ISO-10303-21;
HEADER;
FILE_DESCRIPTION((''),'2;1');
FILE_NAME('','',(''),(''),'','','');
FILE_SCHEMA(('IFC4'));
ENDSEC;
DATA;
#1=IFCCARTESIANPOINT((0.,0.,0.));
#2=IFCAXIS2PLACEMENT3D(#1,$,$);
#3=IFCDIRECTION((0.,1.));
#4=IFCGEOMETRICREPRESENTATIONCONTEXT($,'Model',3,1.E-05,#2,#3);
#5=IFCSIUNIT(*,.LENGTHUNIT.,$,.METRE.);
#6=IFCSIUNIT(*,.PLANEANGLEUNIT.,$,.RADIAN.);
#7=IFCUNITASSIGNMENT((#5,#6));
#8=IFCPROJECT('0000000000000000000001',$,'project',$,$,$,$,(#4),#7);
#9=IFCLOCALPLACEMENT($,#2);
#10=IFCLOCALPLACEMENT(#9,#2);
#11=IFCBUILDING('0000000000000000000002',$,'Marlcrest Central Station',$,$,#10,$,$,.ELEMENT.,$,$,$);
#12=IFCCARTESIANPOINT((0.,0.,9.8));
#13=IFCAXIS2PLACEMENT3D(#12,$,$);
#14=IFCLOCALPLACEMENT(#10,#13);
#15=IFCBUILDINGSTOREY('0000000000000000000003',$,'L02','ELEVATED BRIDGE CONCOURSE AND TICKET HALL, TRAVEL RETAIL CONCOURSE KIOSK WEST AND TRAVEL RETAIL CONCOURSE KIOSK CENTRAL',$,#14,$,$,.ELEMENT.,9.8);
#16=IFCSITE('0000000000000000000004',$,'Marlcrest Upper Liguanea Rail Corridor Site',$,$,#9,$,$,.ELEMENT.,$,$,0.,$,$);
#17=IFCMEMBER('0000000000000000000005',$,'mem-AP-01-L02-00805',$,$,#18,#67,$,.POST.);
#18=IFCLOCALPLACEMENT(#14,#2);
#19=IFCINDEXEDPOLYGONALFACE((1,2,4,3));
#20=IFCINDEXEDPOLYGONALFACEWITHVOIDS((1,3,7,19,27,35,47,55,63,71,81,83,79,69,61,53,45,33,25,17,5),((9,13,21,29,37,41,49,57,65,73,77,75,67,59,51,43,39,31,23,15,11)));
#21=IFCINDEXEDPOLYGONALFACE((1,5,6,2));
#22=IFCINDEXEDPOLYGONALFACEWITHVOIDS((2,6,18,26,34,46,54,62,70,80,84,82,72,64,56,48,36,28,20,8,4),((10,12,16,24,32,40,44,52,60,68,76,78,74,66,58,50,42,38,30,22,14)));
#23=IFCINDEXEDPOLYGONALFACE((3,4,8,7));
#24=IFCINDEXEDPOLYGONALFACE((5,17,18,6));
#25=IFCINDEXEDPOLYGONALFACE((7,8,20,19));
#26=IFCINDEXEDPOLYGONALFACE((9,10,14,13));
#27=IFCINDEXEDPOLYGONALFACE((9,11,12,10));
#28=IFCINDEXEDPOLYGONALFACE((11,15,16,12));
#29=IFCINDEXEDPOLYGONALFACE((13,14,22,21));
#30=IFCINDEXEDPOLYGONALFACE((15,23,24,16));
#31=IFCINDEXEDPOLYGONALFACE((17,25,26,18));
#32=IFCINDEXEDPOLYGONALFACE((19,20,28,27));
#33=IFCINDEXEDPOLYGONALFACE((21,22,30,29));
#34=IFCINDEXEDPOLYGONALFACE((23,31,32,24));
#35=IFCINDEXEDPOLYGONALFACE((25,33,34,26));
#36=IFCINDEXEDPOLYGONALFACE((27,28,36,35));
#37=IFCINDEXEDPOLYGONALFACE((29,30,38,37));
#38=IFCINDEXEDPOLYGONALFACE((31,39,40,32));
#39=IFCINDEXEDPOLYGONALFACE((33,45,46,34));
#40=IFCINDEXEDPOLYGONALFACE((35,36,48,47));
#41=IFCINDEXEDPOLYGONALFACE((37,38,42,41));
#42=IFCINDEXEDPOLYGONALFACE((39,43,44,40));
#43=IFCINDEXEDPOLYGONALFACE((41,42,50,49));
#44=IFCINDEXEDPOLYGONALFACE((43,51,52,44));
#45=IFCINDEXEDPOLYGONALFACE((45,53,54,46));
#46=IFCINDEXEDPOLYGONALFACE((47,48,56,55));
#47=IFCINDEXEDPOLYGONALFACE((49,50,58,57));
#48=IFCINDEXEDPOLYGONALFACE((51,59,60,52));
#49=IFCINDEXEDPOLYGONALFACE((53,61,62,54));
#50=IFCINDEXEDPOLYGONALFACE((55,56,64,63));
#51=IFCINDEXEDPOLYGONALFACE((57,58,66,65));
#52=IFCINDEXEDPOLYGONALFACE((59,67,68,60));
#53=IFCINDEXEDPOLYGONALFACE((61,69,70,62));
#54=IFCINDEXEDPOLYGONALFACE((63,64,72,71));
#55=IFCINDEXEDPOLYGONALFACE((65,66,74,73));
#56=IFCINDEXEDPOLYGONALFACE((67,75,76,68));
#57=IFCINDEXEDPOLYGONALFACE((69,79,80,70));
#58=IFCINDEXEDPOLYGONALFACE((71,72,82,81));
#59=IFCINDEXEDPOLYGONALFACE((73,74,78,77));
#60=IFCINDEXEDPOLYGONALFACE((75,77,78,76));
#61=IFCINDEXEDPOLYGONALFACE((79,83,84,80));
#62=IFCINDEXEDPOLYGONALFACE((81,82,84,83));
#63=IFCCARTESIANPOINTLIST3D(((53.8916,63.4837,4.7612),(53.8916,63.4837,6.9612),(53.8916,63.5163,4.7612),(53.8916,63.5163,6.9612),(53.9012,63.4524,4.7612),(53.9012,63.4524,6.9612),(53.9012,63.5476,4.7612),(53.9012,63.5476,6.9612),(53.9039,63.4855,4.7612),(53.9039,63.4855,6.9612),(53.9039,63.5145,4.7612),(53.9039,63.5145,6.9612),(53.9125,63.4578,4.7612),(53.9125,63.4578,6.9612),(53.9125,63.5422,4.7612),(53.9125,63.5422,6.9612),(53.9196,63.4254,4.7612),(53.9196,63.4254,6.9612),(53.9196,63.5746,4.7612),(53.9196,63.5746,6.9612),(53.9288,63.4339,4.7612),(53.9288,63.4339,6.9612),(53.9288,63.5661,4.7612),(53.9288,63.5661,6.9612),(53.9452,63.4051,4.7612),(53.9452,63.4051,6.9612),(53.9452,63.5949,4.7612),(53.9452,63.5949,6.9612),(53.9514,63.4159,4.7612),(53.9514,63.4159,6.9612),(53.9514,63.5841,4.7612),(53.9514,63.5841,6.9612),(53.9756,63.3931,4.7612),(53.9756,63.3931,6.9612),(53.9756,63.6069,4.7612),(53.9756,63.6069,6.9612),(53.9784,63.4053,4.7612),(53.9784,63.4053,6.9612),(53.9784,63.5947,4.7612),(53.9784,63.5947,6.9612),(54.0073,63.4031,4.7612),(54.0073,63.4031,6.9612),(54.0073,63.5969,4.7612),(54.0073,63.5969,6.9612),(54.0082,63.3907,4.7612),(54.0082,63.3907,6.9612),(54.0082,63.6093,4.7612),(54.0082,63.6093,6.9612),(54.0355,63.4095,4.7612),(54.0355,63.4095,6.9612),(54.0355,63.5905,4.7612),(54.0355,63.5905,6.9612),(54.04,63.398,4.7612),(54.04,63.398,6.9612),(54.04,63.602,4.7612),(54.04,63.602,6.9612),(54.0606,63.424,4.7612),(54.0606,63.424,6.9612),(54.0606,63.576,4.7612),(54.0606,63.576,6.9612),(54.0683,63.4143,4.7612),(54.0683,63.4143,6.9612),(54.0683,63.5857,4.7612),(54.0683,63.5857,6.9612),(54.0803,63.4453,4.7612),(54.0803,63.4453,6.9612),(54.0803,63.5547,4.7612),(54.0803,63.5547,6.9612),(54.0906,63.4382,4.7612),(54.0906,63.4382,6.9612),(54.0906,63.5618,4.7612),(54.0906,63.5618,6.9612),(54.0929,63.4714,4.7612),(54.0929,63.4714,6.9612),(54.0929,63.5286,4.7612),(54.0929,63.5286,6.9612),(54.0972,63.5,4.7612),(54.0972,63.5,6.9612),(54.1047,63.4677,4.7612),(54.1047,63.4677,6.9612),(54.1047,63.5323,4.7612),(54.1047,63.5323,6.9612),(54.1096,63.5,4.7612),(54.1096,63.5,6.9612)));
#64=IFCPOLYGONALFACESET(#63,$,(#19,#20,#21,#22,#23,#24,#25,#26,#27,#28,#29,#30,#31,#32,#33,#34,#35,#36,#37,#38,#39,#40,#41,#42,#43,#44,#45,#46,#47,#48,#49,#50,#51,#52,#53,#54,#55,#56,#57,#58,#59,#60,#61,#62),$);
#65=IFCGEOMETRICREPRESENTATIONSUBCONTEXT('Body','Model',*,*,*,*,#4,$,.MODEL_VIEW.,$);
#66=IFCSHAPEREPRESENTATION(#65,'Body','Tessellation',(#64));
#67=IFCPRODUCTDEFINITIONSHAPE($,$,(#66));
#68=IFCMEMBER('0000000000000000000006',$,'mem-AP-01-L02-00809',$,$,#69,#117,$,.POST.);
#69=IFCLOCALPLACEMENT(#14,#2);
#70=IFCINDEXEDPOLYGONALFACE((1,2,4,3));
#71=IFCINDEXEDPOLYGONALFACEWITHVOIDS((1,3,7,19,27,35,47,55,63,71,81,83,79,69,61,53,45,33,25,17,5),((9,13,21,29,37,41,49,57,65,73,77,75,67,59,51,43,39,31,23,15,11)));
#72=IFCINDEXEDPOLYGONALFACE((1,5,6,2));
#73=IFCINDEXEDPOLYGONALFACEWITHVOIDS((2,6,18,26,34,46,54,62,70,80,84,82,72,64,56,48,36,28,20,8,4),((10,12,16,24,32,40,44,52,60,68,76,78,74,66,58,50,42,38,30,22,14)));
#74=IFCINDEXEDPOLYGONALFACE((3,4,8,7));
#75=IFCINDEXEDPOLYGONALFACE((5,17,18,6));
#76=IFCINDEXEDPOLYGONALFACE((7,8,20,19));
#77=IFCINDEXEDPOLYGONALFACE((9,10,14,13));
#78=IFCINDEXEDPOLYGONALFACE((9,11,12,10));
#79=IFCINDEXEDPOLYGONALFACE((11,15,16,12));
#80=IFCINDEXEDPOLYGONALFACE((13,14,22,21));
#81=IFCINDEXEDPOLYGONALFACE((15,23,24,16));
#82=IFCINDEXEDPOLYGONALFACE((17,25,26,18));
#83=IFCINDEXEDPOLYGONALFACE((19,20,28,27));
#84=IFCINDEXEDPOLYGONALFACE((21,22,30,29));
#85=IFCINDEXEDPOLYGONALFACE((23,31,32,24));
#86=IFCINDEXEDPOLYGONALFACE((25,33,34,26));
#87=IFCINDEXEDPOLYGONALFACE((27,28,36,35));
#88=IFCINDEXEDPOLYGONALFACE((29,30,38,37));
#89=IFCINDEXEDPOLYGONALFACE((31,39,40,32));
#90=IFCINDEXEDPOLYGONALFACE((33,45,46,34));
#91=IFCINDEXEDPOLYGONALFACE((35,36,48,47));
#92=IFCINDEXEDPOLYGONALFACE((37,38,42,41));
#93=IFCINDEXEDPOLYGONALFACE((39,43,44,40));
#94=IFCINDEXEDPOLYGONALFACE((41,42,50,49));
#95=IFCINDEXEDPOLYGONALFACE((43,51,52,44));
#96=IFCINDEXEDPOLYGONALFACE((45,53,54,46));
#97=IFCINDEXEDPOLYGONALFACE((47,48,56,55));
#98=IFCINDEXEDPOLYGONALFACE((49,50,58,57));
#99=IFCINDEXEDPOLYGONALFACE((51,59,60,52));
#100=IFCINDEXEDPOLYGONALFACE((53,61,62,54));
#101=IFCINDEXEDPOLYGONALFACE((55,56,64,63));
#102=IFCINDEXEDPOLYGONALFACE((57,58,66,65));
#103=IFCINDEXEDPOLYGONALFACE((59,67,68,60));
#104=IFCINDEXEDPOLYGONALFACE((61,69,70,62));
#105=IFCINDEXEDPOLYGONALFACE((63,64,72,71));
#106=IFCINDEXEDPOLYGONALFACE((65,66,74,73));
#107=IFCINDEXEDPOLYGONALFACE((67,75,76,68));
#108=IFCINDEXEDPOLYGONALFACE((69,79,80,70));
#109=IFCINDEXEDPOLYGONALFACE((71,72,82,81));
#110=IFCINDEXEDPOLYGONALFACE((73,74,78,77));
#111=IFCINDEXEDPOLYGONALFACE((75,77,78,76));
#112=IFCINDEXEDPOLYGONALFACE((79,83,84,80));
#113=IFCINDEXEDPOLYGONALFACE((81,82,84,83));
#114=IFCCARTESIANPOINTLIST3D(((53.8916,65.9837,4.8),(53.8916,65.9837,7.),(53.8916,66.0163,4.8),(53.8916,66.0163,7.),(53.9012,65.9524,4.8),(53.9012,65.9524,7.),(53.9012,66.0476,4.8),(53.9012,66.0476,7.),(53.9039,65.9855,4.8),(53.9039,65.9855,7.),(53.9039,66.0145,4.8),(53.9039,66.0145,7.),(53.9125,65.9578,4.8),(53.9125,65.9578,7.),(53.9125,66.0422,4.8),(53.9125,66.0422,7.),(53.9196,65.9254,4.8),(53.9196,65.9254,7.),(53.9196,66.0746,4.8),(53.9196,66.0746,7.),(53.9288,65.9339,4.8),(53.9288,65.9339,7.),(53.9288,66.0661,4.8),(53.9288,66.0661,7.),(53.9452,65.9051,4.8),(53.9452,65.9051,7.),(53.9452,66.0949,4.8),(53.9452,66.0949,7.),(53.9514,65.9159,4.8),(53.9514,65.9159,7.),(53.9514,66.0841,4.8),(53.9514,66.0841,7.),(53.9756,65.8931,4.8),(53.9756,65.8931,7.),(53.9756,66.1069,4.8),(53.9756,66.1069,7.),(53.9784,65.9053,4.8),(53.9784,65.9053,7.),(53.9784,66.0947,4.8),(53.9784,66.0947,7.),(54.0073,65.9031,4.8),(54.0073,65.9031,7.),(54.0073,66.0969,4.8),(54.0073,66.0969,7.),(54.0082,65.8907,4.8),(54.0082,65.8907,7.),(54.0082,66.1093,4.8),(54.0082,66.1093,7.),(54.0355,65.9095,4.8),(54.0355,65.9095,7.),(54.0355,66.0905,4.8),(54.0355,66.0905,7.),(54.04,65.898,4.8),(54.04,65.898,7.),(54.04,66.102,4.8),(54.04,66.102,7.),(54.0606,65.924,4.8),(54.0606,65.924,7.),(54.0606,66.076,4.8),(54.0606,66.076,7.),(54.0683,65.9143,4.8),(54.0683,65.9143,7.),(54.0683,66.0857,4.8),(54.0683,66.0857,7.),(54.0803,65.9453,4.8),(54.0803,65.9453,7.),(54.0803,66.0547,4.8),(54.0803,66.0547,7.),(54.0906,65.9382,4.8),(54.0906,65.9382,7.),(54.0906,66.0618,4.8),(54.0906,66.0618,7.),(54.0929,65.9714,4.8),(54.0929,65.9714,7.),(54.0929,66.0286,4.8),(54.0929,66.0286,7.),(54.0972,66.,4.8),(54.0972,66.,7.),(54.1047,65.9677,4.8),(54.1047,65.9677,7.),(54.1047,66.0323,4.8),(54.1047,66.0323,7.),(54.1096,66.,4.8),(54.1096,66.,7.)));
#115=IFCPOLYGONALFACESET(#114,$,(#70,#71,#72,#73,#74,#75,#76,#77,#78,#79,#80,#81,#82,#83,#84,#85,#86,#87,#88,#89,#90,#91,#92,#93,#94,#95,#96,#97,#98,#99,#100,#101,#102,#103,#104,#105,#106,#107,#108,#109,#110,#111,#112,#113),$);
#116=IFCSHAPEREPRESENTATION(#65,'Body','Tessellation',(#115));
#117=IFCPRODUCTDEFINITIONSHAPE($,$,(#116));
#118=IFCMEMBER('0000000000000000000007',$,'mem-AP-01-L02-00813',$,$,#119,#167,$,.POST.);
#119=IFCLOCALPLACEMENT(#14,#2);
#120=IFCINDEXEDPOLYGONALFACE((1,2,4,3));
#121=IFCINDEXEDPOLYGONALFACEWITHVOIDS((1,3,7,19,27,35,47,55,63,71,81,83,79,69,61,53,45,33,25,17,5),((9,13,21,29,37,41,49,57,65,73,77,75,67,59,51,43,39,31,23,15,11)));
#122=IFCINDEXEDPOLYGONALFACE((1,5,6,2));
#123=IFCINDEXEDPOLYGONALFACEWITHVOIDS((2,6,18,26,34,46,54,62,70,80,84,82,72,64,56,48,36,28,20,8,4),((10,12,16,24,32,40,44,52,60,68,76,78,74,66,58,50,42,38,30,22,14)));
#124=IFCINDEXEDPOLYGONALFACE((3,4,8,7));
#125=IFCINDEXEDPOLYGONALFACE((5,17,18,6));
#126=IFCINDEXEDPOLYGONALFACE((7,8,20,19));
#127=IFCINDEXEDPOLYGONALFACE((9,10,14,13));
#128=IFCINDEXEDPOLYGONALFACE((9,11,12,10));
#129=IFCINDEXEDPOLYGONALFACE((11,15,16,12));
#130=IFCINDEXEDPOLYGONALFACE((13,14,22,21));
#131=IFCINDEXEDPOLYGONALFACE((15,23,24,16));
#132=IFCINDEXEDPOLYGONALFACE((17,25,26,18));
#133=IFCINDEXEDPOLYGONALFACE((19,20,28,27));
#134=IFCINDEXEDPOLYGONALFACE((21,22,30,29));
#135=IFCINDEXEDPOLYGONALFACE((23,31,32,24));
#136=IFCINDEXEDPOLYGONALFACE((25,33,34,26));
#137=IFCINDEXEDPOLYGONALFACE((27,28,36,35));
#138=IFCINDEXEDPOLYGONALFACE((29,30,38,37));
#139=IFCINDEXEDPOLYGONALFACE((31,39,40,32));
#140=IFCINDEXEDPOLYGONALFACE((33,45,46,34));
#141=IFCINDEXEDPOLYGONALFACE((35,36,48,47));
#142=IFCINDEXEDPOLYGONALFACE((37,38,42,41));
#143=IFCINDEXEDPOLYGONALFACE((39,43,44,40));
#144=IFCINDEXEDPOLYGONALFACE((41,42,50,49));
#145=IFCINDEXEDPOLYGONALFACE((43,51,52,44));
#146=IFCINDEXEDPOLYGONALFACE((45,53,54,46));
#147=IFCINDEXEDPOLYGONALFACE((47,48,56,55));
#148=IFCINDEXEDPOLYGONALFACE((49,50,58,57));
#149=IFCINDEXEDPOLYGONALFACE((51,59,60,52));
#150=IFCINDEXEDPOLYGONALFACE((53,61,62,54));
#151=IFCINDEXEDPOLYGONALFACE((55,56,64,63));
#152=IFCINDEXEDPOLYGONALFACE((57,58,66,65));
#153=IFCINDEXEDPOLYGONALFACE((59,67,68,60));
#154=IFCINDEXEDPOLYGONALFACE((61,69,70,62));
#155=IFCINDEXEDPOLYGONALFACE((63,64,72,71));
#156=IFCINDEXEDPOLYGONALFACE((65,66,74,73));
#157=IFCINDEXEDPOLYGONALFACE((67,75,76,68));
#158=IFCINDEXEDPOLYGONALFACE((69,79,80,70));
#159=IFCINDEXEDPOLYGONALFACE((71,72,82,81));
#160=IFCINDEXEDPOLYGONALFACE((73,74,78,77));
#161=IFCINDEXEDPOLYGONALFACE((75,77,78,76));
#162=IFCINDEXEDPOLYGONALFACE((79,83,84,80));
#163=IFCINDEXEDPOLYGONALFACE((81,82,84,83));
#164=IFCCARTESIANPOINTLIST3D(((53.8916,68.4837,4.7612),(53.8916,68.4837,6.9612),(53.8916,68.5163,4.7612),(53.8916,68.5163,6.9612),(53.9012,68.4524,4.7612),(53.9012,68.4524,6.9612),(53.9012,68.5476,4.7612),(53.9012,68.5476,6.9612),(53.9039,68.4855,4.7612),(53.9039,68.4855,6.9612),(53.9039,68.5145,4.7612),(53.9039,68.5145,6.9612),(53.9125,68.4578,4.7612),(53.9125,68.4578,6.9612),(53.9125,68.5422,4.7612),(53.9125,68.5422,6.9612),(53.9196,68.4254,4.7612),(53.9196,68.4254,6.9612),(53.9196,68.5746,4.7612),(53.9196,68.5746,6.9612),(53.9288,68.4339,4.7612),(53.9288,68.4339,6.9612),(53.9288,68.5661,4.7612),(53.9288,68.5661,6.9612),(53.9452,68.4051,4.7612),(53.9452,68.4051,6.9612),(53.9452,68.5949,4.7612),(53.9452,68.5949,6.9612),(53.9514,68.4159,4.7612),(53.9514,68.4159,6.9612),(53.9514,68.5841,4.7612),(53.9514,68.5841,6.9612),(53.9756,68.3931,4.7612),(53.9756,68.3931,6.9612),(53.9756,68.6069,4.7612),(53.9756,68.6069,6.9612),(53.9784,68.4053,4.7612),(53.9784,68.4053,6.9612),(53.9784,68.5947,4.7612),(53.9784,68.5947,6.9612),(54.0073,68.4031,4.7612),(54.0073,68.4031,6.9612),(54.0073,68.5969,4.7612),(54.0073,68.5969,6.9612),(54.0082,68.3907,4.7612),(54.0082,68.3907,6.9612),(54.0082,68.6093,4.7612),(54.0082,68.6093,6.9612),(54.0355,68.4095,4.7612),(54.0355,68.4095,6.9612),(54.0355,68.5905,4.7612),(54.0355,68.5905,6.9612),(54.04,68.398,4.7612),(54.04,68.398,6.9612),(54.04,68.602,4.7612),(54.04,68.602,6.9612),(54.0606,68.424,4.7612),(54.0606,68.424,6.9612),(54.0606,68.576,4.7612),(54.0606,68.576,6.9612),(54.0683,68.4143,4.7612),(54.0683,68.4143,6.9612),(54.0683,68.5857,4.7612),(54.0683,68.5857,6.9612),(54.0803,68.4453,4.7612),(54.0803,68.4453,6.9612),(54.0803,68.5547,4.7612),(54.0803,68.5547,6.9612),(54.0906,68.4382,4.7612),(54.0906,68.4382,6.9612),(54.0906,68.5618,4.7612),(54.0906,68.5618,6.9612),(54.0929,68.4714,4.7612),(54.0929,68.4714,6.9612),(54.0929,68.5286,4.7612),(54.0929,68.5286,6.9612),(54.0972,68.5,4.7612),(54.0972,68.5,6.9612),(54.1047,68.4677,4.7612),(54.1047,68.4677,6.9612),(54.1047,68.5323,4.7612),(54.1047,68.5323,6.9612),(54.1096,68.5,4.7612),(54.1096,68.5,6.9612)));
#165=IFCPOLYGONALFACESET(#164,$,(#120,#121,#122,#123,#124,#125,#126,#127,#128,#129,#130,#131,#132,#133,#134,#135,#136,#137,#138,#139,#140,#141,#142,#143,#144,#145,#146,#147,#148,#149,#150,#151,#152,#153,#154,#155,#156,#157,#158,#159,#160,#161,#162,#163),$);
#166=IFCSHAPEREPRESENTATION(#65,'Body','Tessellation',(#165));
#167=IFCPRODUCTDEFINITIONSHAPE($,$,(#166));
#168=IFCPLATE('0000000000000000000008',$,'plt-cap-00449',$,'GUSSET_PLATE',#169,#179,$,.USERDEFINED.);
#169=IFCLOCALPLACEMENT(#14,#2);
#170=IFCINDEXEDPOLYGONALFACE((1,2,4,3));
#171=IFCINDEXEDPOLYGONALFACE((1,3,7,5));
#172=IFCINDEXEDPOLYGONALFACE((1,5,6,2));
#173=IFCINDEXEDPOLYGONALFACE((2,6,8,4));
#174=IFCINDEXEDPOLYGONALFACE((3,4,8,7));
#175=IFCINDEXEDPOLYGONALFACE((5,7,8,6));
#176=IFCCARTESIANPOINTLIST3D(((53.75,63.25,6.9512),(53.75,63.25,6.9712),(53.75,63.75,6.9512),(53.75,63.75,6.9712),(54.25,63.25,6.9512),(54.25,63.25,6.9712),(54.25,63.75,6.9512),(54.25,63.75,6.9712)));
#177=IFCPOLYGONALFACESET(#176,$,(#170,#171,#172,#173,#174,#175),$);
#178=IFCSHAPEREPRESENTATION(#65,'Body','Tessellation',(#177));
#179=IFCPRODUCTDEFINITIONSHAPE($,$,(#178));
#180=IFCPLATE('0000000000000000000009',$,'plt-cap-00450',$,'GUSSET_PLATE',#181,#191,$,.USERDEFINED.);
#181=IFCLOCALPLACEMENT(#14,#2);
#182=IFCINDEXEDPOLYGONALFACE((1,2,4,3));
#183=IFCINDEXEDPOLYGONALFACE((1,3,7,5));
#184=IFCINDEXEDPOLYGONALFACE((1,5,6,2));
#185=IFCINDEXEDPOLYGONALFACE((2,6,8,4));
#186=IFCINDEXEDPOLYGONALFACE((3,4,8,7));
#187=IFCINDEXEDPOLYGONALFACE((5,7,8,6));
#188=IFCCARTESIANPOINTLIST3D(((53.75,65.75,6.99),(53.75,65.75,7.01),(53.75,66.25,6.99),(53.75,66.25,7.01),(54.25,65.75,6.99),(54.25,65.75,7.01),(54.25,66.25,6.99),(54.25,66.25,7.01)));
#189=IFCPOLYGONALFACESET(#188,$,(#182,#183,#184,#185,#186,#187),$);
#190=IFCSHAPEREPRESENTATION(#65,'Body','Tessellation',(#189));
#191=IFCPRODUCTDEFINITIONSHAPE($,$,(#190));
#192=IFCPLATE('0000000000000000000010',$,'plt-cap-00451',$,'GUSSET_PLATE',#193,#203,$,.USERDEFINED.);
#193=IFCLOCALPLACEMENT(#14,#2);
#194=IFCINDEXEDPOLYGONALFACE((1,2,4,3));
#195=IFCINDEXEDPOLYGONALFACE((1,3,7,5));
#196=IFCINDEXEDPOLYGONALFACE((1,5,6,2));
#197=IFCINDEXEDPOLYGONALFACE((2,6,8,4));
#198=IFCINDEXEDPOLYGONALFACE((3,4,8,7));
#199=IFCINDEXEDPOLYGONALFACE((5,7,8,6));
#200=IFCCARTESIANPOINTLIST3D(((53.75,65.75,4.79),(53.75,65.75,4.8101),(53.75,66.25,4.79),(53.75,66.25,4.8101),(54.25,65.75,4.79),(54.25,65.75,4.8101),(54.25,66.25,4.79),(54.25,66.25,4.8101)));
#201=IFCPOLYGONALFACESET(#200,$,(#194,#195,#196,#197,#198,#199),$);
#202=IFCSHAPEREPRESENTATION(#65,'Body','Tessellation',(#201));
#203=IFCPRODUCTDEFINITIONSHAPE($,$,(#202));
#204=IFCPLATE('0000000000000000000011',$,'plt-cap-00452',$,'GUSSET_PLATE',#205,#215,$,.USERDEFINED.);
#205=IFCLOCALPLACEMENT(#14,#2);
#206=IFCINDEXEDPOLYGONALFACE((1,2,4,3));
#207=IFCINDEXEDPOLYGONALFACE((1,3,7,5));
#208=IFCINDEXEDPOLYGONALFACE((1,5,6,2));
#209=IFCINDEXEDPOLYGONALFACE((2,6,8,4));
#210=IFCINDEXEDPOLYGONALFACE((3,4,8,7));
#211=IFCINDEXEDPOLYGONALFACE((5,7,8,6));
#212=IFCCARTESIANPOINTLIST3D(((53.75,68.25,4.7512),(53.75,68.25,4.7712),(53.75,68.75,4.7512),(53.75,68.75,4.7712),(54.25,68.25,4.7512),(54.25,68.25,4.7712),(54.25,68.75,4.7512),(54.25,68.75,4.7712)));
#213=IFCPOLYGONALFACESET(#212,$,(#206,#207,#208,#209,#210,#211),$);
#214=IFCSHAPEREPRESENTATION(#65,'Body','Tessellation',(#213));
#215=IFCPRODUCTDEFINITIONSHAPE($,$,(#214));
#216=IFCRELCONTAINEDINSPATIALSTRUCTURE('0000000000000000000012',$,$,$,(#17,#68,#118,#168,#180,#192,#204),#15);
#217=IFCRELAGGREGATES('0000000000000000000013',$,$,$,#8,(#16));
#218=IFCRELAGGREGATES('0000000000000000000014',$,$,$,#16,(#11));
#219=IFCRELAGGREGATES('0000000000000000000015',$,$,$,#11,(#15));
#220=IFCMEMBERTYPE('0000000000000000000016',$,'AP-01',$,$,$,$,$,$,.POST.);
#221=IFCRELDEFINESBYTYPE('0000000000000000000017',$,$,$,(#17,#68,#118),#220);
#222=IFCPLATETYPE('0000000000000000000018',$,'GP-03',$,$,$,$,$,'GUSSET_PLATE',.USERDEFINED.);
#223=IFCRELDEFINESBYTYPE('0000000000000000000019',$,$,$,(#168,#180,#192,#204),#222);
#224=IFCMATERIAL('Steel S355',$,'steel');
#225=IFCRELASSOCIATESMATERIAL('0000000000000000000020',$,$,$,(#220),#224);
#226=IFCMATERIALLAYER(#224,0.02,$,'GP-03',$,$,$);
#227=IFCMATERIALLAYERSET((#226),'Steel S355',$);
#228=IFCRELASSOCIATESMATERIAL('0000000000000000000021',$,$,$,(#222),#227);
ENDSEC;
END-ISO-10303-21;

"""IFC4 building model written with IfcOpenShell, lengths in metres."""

from ifc_helpers import new_model, si_unit, direction, frame, origin, origin_2d, place, context, subcontext, project, spatial, rectangle, hollow_circle, extrude, material, layer, layer_set, material_profile, profile_set, type_object, element, save


model = new_model("IFC4")

# Units and contexts
model_context = context("Model", 3, precision=1e-05, world=origin(), true_north=direction((0.0, 1.0)))
body_context = subcontext(model_context, "Body", "Model", "MODEL_VIEW")
ifc_project = project(units=[si_unit("LENGTHUNIT", "METRE"), si_unit("PLANEANGLEUNIT", "RADIAN")], contexts=[model_context])

# Site, building, storey
site_placement = place(None, origin())
site = spatial("IfcSite", under=ifc_project, at=site_placement, Name="Marlcrest Upper Liguanea Rail Corridor Site", CompositionType="ELEMENT", RefElevation=0.0)
building_placement = place(site_placement, origin())
building = spatial("IfcBuilding", under=site, at=building_placement, Name="Marlcrest Central Station", CompositionType="ELEMENT")
storey_placement = place(building_placement, frame((0.0, 0.0, 9.8)))
storey = spatial("IfcBuildingStorey", under=building, at=storey_placement, Name="L02", Description="ELEVATED BRIDGE CONCOURSE AND TICKET HALL, TRAVEL RETAIL CONCOURSE KIOSK WEST AND TRAVEL RETAIL CONCOURSE KIOSK CENTRAL", CompositionType="ELEMENT", Elevation=9.8)

# Members
ifc_material = material(Name="Steel S355", Category="steel")
ifc_material_profile_1 = material_profile(ifc_material, hollow_circle(Radius=0.1096, WallThickness=0.0125, at=origin_2d()), Name="CHS 219.1x12.5")
ifc_profile_set_1 = profile_set([ifc_material_profile_1], Name="Steel S355")
member_type_1 = type_object("IfcMemberType", Name="AP-01", PredefinedType="POST", material=ifc_profile_set_1)
for number, where, z_axis, x_axis, name in (
    (1, (54.0, 63.5, 4.7612), (0.0, 0.0, 1.0), (1.0, 0.0, 0.0), "mem-AP-01-L02-00805"),
    (2, (54.0, 66.0, 4.8), (0.0, 0.0, 1.0), (1.0, 0.0, 0.0), "mem-AP-01-L02-00809"),
    (3, (54.0, 68.5, 4.7612), (0.0, 0.0, 1.0), (1.0, 0.0, 0.0), "mem-AP-01-L02-00813"),
):
    element("IfcMember", number, at=place(storey_placement, frame(where, z_axis=z_axis, x_axis=x_axis)), inside=storey, type_object=member_type_1, Name=name, PredefinedType="POST", context=body_context, shape_type="SweptSolid", body=[
        extrude(hollow_circle(Radius=0.1096, WallThickness=0.0125, at=origin_2d()), origin(), (0.0, 0.0, 1.0), 2.2),
    ])

# Plates
ifc_layer = layer(ifc_material, 0.02, Name="GP-03")
ifc_layer_set = layer_set([ifc_layer], Name="Steel S355")
plate_type = type_object("IfcPlateType", Name="GP-03", ElementType="GUSSET_PLATE", PredefinedType="USERDEFINED", material=ifc_layer_set)
for number, where, z_axis, x_axis, name in (
    (4, (54.0, 63.5, 6.9512), (0.0, 0.0, 1.0), (1.0, 0.0, 0.0), "plt-cap-00449"),
    (5, (54.0, 66.0, 6.99), (0.0, 0.0, 1.0), (1.0, 0.0, 0.0), "plt-cap-00450"),
    (6, (54.0, 66.0, 4.79), (0.0, 0.0, 1.0), (1.0, 0.0, 0.0), "plt-cap-00451"),
    (7, (54.0, 68.5, 4.7512), (0.0, 0.0, 1.0), (1.0, 0.0, 0.0), "plt-cap-00452"),
):
    element("IfcPlate", number, at=place(storey_placement, frame(where, z_axis=z_axis, x_axis=x_axis)), inside=storey, type_object=plate_type, Name=name, ObjectType="GUSSET_PLATE", PredefinedType="USERDEFINED", context=body_context, shape_type="SweptSolid", body=[
        extrude(rectangle(XDim=0.5, YDim=0.5, at=origin_2d()), origin(), (0.0, 0.0, 1.0), 0.02),
    ])

save(model, "model.ifc")
